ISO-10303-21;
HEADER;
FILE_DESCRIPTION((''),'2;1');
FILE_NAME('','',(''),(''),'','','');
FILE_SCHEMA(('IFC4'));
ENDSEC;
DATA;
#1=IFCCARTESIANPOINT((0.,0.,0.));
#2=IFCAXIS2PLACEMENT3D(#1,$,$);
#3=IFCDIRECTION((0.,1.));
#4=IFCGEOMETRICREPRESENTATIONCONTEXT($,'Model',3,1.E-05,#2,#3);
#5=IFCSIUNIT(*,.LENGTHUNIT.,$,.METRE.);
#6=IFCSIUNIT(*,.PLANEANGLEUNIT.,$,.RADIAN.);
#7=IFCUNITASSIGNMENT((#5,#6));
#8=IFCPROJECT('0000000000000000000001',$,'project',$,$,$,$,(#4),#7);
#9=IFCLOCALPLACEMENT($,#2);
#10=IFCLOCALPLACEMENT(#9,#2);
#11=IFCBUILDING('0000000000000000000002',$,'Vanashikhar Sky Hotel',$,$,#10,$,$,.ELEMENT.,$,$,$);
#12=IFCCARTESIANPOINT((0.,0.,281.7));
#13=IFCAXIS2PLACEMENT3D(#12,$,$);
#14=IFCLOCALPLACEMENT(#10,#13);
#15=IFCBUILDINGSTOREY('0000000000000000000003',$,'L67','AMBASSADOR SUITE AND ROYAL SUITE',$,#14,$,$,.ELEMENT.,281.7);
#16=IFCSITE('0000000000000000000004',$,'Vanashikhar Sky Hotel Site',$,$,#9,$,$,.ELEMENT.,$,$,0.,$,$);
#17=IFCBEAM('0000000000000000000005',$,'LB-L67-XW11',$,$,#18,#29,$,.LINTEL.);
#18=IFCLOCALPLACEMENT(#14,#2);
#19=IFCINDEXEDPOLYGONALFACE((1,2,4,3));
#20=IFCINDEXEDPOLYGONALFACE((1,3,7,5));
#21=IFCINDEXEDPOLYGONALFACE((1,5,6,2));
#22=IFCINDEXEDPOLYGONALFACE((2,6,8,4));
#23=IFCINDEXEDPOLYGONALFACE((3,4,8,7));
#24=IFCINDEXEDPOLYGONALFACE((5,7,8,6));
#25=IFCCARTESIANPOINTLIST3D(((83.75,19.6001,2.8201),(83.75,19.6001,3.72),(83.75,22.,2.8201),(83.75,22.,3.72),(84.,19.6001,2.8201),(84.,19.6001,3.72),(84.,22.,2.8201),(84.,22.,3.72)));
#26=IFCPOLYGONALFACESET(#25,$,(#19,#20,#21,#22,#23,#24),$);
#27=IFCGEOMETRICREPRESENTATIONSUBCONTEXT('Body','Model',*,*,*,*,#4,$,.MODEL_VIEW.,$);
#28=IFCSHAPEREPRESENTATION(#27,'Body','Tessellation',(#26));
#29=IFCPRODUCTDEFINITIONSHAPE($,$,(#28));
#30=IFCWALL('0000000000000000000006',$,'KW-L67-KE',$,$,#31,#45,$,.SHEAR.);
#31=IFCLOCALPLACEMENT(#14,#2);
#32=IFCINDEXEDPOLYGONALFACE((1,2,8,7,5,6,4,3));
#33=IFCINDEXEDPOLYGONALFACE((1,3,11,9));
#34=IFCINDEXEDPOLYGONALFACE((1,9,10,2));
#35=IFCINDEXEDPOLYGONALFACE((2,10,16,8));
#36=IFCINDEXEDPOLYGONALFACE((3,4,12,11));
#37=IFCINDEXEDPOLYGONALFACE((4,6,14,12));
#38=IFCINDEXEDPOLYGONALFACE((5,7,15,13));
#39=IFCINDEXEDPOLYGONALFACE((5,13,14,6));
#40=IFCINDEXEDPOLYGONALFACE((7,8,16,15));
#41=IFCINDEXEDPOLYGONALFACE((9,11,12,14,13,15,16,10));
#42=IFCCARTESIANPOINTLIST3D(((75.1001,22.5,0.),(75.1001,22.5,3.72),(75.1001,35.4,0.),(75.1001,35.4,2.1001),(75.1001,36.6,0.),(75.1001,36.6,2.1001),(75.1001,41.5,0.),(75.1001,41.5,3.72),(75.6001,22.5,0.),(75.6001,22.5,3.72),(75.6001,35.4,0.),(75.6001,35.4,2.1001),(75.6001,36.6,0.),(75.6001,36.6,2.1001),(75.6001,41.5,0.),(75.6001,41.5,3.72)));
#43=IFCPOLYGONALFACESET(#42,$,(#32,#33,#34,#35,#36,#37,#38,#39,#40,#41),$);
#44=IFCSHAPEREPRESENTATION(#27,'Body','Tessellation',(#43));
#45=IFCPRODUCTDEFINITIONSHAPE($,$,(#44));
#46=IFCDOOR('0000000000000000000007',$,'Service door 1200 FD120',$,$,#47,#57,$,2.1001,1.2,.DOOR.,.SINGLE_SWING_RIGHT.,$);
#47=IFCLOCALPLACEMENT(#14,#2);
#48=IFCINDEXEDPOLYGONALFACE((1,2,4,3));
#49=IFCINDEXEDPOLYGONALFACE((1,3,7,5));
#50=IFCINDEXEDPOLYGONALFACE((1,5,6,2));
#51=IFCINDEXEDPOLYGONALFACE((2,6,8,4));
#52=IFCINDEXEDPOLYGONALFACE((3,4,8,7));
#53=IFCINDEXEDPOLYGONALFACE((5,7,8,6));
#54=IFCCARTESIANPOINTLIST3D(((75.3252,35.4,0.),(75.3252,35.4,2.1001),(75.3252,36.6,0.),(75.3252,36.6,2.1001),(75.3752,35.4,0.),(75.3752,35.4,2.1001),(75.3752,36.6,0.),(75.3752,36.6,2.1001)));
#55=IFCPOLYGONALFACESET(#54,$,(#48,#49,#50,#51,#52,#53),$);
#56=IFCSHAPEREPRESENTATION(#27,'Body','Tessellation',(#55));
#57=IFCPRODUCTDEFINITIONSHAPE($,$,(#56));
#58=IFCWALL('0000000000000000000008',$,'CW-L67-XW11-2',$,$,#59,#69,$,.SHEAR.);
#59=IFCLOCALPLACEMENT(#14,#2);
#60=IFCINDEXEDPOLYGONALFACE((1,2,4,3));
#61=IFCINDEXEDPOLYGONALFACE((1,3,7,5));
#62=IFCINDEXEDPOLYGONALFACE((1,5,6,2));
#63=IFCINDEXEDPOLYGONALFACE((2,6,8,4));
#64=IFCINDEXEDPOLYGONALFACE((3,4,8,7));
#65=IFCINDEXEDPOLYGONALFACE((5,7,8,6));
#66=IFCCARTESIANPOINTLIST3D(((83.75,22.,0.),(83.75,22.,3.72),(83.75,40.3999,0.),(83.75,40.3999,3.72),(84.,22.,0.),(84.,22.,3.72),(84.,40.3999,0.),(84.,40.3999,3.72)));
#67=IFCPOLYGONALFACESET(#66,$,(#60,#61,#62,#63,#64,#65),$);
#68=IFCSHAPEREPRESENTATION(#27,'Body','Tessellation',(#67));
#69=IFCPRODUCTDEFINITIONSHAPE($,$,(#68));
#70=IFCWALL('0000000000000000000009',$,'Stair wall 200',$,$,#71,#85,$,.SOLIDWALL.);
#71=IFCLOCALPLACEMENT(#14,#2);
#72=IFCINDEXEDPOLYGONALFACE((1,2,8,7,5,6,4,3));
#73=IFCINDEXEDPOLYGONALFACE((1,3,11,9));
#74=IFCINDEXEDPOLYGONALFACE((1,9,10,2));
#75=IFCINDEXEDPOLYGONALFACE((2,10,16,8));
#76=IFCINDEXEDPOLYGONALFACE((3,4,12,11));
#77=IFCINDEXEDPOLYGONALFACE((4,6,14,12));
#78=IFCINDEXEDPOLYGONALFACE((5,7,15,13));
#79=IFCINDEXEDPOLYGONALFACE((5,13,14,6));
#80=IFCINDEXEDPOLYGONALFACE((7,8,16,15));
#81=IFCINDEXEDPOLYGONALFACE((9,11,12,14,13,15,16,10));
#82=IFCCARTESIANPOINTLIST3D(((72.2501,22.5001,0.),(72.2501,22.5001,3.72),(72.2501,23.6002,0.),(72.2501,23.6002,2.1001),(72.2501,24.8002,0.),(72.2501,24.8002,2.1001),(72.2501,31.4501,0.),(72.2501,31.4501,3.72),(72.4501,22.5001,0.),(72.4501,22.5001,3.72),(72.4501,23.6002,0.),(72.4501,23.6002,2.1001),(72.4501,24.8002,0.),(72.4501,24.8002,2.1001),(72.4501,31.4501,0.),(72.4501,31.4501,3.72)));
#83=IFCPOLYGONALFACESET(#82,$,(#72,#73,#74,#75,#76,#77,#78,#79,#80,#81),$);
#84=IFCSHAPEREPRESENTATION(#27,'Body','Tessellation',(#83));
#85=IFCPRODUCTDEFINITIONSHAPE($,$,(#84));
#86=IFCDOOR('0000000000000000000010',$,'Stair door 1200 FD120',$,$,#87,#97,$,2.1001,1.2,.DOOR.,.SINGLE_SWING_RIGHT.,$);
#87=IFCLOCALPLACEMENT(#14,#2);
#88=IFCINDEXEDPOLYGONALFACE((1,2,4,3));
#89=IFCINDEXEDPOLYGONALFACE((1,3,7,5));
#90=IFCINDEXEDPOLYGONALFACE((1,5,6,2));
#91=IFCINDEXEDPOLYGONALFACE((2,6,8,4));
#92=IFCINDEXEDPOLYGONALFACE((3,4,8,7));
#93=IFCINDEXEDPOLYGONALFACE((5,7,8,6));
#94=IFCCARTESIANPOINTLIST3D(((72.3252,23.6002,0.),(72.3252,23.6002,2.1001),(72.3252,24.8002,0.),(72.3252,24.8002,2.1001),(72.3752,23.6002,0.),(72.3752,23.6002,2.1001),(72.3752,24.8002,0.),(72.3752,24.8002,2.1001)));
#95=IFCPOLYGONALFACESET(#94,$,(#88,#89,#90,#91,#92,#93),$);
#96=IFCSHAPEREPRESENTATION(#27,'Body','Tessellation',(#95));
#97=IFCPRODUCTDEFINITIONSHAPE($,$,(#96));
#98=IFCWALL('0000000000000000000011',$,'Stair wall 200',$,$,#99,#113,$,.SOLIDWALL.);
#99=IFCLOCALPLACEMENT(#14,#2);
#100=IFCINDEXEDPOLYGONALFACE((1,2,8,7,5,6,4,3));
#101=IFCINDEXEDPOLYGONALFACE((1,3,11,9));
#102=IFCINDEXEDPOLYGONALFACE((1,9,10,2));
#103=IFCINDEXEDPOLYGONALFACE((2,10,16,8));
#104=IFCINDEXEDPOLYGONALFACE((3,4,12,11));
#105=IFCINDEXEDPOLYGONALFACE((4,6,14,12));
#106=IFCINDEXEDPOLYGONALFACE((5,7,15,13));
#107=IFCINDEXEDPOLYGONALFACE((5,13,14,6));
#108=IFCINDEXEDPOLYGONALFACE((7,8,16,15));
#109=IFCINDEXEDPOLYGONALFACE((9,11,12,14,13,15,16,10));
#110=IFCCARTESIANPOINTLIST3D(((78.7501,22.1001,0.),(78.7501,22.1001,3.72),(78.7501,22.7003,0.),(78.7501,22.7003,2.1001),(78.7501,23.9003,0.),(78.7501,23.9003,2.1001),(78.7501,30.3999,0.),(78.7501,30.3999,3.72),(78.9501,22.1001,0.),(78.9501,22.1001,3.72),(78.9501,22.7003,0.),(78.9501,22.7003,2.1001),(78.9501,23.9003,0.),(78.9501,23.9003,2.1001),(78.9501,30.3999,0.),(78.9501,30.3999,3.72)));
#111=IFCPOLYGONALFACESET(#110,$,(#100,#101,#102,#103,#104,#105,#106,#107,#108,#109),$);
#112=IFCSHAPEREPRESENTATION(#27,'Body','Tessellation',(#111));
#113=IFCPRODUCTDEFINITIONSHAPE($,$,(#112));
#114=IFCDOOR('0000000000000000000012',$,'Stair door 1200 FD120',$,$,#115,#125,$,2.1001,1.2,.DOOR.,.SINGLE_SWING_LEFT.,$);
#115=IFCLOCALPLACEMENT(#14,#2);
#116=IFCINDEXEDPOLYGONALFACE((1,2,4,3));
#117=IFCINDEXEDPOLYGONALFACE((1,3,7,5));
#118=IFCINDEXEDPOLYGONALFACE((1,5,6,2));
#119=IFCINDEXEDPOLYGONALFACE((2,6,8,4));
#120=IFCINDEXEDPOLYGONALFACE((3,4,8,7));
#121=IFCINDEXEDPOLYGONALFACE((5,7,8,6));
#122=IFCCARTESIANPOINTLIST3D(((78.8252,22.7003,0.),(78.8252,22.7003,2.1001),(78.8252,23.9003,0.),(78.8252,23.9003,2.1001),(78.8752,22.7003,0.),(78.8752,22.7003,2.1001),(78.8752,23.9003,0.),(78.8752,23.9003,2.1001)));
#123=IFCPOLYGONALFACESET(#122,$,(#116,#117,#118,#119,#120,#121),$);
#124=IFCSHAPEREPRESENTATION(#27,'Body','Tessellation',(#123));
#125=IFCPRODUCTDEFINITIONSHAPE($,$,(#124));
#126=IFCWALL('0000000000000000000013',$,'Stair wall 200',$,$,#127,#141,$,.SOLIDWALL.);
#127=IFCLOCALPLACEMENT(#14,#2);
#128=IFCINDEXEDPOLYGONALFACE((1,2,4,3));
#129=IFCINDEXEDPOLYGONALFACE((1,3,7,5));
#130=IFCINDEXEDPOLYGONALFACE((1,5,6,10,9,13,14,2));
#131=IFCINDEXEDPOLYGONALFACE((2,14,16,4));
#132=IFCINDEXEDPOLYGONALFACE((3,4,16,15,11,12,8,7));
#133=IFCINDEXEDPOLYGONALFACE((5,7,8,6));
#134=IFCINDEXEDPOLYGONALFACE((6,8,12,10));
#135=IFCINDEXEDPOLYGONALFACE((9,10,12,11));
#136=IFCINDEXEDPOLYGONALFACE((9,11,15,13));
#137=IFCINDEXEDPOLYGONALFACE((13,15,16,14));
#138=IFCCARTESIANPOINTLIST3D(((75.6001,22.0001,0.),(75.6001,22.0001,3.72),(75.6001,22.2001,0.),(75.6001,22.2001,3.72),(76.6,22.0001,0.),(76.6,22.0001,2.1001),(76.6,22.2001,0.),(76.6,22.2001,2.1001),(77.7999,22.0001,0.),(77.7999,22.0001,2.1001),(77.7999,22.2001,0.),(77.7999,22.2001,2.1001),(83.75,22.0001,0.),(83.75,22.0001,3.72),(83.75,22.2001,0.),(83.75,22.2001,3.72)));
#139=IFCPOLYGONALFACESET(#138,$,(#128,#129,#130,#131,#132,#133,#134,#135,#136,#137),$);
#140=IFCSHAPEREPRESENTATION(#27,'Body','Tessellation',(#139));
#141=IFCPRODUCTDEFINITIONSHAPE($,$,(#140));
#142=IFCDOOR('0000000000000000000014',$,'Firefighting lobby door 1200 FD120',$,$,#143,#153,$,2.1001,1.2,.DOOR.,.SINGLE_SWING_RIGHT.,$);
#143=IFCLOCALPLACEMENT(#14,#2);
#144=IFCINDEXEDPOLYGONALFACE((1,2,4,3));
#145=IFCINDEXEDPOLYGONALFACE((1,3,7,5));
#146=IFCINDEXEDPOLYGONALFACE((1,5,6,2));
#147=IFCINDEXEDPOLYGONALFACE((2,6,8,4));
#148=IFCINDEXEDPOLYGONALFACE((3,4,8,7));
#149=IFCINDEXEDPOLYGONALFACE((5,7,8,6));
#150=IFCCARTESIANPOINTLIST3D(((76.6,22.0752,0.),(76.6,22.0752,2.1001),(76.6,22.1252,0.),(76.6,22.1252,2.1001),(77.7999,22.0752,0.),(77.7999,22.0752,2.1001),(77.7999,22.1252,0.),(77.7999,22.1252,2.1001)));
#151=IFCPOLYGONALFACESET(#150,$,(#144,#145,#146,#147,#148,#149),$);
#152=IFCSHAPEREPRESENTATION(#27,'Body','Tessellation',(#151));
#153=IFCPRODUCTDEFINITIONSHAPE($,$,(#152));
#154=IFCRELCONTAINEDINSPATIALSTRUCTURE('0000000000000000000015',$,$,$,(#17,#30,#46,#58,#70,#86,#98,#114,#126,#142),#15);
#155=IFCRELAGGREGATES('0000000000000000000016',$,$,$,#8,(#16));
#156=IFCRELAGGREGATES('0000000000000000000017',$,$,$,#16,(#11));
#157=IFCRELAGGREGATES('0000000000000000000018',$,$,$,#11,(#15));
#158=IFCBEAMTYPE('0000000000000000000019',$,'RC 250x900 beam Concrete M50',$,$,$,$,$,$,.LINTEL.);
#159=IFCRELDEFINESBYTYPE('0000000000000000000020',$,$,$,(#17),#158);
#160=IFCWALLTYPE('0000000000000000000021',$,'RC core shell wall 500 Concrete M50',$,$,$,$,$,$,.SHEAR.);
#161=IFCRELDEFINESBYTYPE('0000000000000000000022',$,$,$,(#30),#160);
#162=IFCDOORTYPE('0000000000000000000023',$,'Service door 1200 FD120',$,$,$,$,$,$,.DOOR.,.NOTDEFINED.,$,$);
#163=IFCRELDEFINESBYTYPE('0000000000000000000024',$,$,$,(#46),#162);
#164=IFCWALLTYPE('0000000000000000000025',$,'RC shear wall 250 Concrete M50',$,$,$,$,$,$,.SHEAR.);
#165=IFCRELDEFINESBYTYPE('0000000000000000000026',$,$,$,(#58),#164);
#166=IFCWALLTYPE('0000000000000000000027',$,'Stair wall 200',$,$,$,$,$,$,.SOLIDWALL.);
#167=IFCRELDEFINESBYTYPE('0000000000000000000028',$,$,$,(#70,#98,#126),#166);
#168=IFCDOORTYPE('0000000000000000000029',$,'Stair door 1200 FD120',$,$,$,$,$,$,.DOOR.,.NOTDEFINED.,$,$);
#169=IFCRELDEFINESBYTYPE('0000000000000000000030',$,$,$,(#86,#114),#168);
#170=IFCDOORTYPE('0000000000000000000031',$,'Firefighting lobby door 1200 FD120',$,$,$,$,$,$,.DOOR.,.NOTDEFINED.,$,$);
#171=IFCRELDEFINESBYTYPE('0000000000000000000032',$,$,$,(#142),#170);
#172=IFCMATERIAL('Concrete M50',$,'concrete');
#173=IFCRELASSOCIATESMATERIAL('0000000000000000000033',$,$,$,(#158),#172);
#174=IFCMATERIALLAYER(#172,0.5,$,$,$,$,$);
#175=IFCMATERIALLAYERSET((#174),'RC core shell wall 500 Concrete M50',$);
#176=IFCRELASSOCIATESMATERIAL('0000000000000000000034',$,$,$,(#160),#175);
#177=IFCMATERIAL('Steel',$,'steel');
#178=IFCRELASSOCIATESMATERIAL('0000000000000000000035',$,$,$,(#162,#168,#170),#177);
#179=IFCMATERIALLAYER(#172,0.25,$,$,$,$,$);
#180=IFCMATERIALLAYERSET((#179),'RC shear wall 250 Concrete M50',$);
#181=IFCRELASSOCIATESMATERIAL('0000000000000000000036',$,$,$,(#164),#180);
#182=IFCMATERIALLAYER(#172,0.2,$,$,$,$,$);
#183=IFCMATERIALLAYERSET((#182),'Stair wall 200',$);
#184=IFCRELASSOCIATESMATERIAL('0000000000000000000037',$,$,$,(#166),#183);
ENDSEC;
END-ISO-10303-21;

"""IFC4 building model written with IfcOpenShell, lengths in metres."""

from ifc_helpers import new_model, si_unit, direction, frame, frame_2d, origin, origin_2d, place, context, subcontext, project, spatial, rectangle, extrude, source, transform, mapped, material, layer, layer_set, material_profile, profile_set, type_object, element, fill, save


model = new_model("IFC4")

# Units and contexts
model_context = context("Model", 3, precision=1e-05, world=origin(), true_north=direction((0.0, 1.0)))
body_context = subcontext(model_context, "Body", "Model", "MODEL_VIEW")
ifc_project = project(units=[si_unit("LENGTHUNIT", "METRE"), si_unit("PLANEANGLEUNIT", "RADIAN")], contexts=[model_context])

# Site, building, storey
site_placement = place(None, origin())
site = spatial("IfcSite", under=ifc_project, at=site_placement, Name="Vanashikhar Sky Hotel Site", CompositionType="ELEMENT", RefElevation=0.0)
building_placement = place(site_placement, origin())
building = spatial("IfcBuilding", under=site, at=building_placement, Name="Vanashikhar Sky Hotel", CompositionType="ELEMENT")
storey_placement = place(building_placement, frame((0.0, 0.0, 281.7)))
storey = spatial("IfcBuildingStorey", under=building, at=storey_placement, Name="L67", Description="AMBASSADOR SUITE AND ROYAL SUITE", CompositionType="ELEMENT", Elevation=281.7)

# Beam
ifc_material_1 = material(Name="Concrete M50", Category="concrete")
ifc_material_profile = material_profile(ifc_material_1, rectangle(XDim=0.25, YDim=0.8999, at=origin_2d()))
ifc_profile_set = profile_set([ifc_material_profile], Name="RC 250x900 beam Concrete M50")
beam_type = type_object("IfcBeamType", Name="RC 250x900 beam Concrete M50", PredefinedType="LINTEL", material=ifc_profile_set)
shared_shape_1 = source(origin(), body_context, "Body", "SweptSolid", [
    extrude(rectangle(XDim=0.25, YDim=0.8999, at=origin_2d()), origin(), (0.0, 0.0, 1.0), 2.3999),
])
beam_placement = place(storey_placement, frame((83.875, 19.6001, 3.27), z_axis=(0.0, 1.0, 0.0), x_axis=(-1.0, 0.0, 0.0)))
element("IfcBeam", 1, at=beam_placement, inside=storey, type_object=beam_type, Name="LB-L67-XW11", PredefinedType="LINTEL", context=body_context, shape_type="MappedRepresentation", body=[
    mapped(shared_shape_1, transform((0.0, 0.0, 0.0), scale=1.0)),
])

# Wall, opening, door
ifc_layer_1 = layer(ifc_material_1, 0.5)
ifc_layer_set_1 = layer_set([ifc_layer_1], Name="RC core shell wall 500 Concrete M50")
wall_type_1 = type_object("IfcWallType", Name="RC core shell wall 500 Concrete M50", PredefinedType="SHEAR", material=ifc_layer_set_1)
shared_shape_2 = source(origin(), body_context, "Body", "SweptSolid", [
    extrude(rectangle(XDim=19.0, YDim=0.5, at=frame_2d((9.5, 0.0))), origin(), (0.0, 0.0, 1.0), 3.72),
])
wall_1_placement = place(storey_placement, frame((75.3501, 22.5, 0.0), z_axis=(0.0, 0.0, 1.0), x_axis=(0.0, 1.0, 0.0)))
wall_1 = element("IfcWall", 2, at=wall_1_placement, inside=storey, type_object=wall_type_1, Name="KW-L67-KE", PredefinedType="SHEAR", context=body_context, shape_type="MappedRepresentation", body=[
    mapped(shared_shape_2, transform((0.0, 0.0, 0.0), scale=1.0)),
])
shared_shape_3 = source(origin(), body_context, "Body", "SweptSolid", [
    extrude(rectangle(XDim=1.2, YDim=2.1001, at=frame_2d((0.6001, 1.05))), frame((0.0, 0.26, 0.0), z_axis=(0.0, -1.0, 0.0), x_axis=(1.0, 0.0, 0.0)), (0.0, 0.0, 1.0), 0.52),
])
opening_1_placement = place(wall_1_placement, frame((12.8999, 0.0, 0.0)))
opening_1 = element("IfcOpeningElement", 3, at=opening_1_placement, cuts=wall_1, PredefinedType="OPENING", context=body_context, shape_type="MappedRepresentation", body=[
    mapped(shared_shape_3, transform((0.0, 0.0, 0.0), scale=1.0)),
])
ifc_material_2 = material(Name="Steel", Category="steel")
door_type_1 = type_object("IfcDoorType", Name="Service door 1200 FD120", OperationType="NOTDEFINED", PredefinedType="DOOR", material=ifc_material_2)
shared_shape_4 = source(origin(), body_context, "Body", "SweptSolid", [
    extrude(rectangle(XDim=1.2, YDim=2.1001, at=frame_2d((0.6001, 1.05))), frame((0.0, 0.0249, 0.0), z_axis=(0.0, -1.0, 0.0), x_axis=(1.0, 0.0, 0.0)), (0.0, 0.0, 1.0), 0.05),
])
door_1_placement = place(opening_1_placement, origin())
door_1 = element("IfcDoor", 4, at=door_1_placement, inside=storey, type_object=door_type_1, Name="Service door 1200 FD120", OperationType="SINGLE_SWING_RIGHT", OverallHeight=2.1001, OverallWidth=1.2, PredefinedType="DOOR", context=body_context, shape_type="MappedRepresentation", body=[
    mapped(shared_shape_4, transform((0.0, 0.0, 0.0), scale=1.0)),
])
fill(opening_1, door_1)

# Wall
ifc_layer_2 = layer(ifc_material_1, 0.25)
ifc_layer_set_2 = layer_set([ifc_layer_2], Name="RC shear wall 250 Concrete M50")
wall_type_2 = type_object("IfcWallType", Name="RC shear wall 250 Concrete M50", PredefinedType="SHEAR", material=ifc_layer_set_2)
shared_shape_5 = source(origin(), body_context, "Body", "SweptSolid", [
    extrude(rectangle(XDim=18.3999, YDim=0.25, at=frame_2d((9.2, 0.0))), origin(), (0.0, 0.0, 1.0), 3.72),
])
wall_2_placement = place(storey_placement, frame((83.875, 22.0, 0.0), z_axis=(0.0, 0.0, 1.0), x_axis=(0.0, 1.0, 0.0)))
element("IfcWall", 5, at=wall_2_placement, inside=storey, type_object=wall_type_2, Name="CW-L67-XW11-2", PredefinedType="SHEAR", context=body_context, shape_type="MappedRepresentation", body=[
    mapped(shared_shape_5, transform((0.0, 0.0, 0.0), scale=1.0)),
])

# Walls, openings, doors
ifc_layer_3 = layer(ifc_material_1, 0.2)
ifc_layer_set_3 = layer_set([ifc_layer_3], Name="Stair wall 200")
wall_type_3 = type_object("IfcWallType", Name="Stair wall 200", PredefinedType="SOLIDWALL", material=ifc_layer_set_3)
shared_shape_6 = source(origin(), body_context, "Body", "SweptSolid", [
    extrude(rectangle(XDim=8.95, YDim=0.2, at=frame_2d((4.4751, 0.0))), origin(), (0.0, 0.0, 1.0), 3.72),
])
wall_3_placement = place(storey_placement, frame((72.3501, 22.5, 0.0), z_axis=(0.0, 0.0, 1.0), x_axis=(0.0, 1.0, 0.0)))
wall_3 = element("IfcWall", 6, at=wall_3_placement, inside=storey, type_object=wall_type_3, Name="Stair wall 200", PredefinedType="SOLIDWALL", context=body_context, shape_type="MappedRepresentation", body=[
    mapped(shared_shape_6, transform((0.0, 0.0, 0.0), scale=1.0)),
])
shared_shape_7 = source(origin(), body_context, "Body", "SweptSolid", [
    extrude(rectangle(XDim=1.2, YDim=2.1001, at=frame_2d((0.6001, 1.05))), frame((0.0, 0.1099, 0.0), z_axis=(0.0, -1.0, 0.0), x_axis=(1.0, 0.0, 0.0)), (0.0, 0.0, 1.0), 0.22),
])
opening_2_placement = place(wall_3_placement, frame((1.1001, 0.0, 0.0)))
opening_2 = element("IfcOpeningElement", 7, at=opening_2_placement, cuts=wall_3, PredefinedType="OPENING", context=body_context, shape_type="MappedRepresentation", body=[
    mapped(shared_shape_7, transform((0.0, 0.0, 0.0), scale=1.0)),
])
door_type_2 = type_object("IfcDoorType", Name="Stair door 1200 FD120", OperationType="NOTDEFINED", PredefinedType="DOOR", material=ifc_material_2)
door_2_placement = place(opening_2_placement, origin())
door_2 = element("IfcDoor", 8, at=door_2_placement, inside=storey, type_object=door_type_2, Name="Stair door 1200 FD120", OperationType="SINGLE_SWING_RIGHT", OverallHeight=2.1001, OverallWidth=1.2, PredefinedType="DOOR", context=body_context, shape_type="MappedRepresentation", body=[
    mapped(shared_shape_4, transform((0.0, 0.0, 0.0), scale=1.0)),
])
fill(opening_2, door_2)
shared_shape_8 = source(origin(), body_context, "Body", "SweptSolid", [
    extrude(rectangle(XDim=8.2998, YDim=0.2, at=frame_2d((4.1499, 0.0))), origin(), (0.0, 0.0, 1.0), 3.72),
])
wall_4_placement = place(storey_placement, frame((78.8501, 22.1001, 0.0), z_axis=(0.0, 0.0, 1.0), x_axis=(0.0, 1.0, 0.0)))
wall_4 = element("IfcWall", 9, at=wall_4_placement, inside=storey, type_object=wall_type_3, Name="Stair wall 200", PredefinedType="SOLIDWALL", context=body_context, shape_type="MappedRepresentation", body=[
    mapped(shared_shape_8, transform((0.0, 0.0, 0.0), scale=1.0)),
])
opening_3_placement = place(wall_4_placement, frame((0.6001, 0.0, 0.0)))
opening_3 = element("IfcOpeningElement", 10, at=opening_3_placement, cuts=wall_4, PredefinedType="OPENING", context=body_context, shape_type="MappedRepresentation", body=[
    mapped(shared_shape_7, transform((0.0, 0.0, 0.0), scale=1.0)),
])
door_3_placement = place(opening_3_placement, origin())
door_3 = element("IfcDoor", 11, at=door_3_placement, inside=storey, type_object=door_type_2, Name="Stair door 1200 FD120", OperationType="SINGLE_SWING_LEFT", OverallHeight=2.1001, OverallWidth=1.2, PredefinedType="DOOR", context=body_context, shape_type="MappedRepresentation", body=[
    mapped(shared_shape_4, transform((0.0, 0.0, 0.0), scale=1.0)),
])
fill(opening_3, door_3)
shared_shape_9 = source(origin(), body_context, "Body", "SweptSolid", [
    extrude(rectangle(XDim=8.1499, YDim=0.2, at=frame_2d((4.075, 0.0))), origin(), (0.0, 0.0, 1.0), 3.72),
])
wall_5_placement = place(storey_placement, frame((83.75, 22.1001, 0.0), z_axis=(0.0, 0.0, 1.0), x_axis=(-1.0, 0.0, 0.0)))
wall_5 = element("IfcWall", 12, at=wall_5_placement, inside=storey, type_object=wall_type_3, Name="Stair wall 200", PredefinedType="SOLIDWALL", context=body_context, shape_type="MappedRepresentation", body=[
    mapped(shared_shape_9, transform((0.0, 0.0, 0.0), scale=1.0)),
])
opening_4_placement = place(wall_5_placement, frame((5.95, 0.0, 0.0)))
opening_4 = element("IfcOpeningElement", 13, at=opening_4_placement, cuts=wall_5, PredefinedType="OPENING", context=body_context, shape_type="MappedRepresentation", body=[
    mapped(shared_shape_7, transform((0.0, 0.0, 0.0), scale=1.0)),
])
door_type_3 = type_object("IfcDoorType", Name="Firefighting lobby door 1200 FD120", OperationType="NOTDEFINED", PredefinedType="DOOR", material=ifc_material_2)
door_4_placement = place(opening_4_placement, origin())
door_4 = element("IfcDoor", 14, at=door_4_placement, inside=storey, type_object=door_type_3, Name="Firefighting lobby door 1200 FD120", OperationType="SINGLE_SWING_RIGHT", OverallHeight=2.1001, OverallWidth=1.2, PredefinedType="DOOR", context=body_context, shape_type="MappedRepresentation", body=[
    mapped(shared_shape_4, transform((0.0, 0.0, 0.0), scale=1.0)),
])
fill(opening_4, door_4)

save(model, "model.ifc")
